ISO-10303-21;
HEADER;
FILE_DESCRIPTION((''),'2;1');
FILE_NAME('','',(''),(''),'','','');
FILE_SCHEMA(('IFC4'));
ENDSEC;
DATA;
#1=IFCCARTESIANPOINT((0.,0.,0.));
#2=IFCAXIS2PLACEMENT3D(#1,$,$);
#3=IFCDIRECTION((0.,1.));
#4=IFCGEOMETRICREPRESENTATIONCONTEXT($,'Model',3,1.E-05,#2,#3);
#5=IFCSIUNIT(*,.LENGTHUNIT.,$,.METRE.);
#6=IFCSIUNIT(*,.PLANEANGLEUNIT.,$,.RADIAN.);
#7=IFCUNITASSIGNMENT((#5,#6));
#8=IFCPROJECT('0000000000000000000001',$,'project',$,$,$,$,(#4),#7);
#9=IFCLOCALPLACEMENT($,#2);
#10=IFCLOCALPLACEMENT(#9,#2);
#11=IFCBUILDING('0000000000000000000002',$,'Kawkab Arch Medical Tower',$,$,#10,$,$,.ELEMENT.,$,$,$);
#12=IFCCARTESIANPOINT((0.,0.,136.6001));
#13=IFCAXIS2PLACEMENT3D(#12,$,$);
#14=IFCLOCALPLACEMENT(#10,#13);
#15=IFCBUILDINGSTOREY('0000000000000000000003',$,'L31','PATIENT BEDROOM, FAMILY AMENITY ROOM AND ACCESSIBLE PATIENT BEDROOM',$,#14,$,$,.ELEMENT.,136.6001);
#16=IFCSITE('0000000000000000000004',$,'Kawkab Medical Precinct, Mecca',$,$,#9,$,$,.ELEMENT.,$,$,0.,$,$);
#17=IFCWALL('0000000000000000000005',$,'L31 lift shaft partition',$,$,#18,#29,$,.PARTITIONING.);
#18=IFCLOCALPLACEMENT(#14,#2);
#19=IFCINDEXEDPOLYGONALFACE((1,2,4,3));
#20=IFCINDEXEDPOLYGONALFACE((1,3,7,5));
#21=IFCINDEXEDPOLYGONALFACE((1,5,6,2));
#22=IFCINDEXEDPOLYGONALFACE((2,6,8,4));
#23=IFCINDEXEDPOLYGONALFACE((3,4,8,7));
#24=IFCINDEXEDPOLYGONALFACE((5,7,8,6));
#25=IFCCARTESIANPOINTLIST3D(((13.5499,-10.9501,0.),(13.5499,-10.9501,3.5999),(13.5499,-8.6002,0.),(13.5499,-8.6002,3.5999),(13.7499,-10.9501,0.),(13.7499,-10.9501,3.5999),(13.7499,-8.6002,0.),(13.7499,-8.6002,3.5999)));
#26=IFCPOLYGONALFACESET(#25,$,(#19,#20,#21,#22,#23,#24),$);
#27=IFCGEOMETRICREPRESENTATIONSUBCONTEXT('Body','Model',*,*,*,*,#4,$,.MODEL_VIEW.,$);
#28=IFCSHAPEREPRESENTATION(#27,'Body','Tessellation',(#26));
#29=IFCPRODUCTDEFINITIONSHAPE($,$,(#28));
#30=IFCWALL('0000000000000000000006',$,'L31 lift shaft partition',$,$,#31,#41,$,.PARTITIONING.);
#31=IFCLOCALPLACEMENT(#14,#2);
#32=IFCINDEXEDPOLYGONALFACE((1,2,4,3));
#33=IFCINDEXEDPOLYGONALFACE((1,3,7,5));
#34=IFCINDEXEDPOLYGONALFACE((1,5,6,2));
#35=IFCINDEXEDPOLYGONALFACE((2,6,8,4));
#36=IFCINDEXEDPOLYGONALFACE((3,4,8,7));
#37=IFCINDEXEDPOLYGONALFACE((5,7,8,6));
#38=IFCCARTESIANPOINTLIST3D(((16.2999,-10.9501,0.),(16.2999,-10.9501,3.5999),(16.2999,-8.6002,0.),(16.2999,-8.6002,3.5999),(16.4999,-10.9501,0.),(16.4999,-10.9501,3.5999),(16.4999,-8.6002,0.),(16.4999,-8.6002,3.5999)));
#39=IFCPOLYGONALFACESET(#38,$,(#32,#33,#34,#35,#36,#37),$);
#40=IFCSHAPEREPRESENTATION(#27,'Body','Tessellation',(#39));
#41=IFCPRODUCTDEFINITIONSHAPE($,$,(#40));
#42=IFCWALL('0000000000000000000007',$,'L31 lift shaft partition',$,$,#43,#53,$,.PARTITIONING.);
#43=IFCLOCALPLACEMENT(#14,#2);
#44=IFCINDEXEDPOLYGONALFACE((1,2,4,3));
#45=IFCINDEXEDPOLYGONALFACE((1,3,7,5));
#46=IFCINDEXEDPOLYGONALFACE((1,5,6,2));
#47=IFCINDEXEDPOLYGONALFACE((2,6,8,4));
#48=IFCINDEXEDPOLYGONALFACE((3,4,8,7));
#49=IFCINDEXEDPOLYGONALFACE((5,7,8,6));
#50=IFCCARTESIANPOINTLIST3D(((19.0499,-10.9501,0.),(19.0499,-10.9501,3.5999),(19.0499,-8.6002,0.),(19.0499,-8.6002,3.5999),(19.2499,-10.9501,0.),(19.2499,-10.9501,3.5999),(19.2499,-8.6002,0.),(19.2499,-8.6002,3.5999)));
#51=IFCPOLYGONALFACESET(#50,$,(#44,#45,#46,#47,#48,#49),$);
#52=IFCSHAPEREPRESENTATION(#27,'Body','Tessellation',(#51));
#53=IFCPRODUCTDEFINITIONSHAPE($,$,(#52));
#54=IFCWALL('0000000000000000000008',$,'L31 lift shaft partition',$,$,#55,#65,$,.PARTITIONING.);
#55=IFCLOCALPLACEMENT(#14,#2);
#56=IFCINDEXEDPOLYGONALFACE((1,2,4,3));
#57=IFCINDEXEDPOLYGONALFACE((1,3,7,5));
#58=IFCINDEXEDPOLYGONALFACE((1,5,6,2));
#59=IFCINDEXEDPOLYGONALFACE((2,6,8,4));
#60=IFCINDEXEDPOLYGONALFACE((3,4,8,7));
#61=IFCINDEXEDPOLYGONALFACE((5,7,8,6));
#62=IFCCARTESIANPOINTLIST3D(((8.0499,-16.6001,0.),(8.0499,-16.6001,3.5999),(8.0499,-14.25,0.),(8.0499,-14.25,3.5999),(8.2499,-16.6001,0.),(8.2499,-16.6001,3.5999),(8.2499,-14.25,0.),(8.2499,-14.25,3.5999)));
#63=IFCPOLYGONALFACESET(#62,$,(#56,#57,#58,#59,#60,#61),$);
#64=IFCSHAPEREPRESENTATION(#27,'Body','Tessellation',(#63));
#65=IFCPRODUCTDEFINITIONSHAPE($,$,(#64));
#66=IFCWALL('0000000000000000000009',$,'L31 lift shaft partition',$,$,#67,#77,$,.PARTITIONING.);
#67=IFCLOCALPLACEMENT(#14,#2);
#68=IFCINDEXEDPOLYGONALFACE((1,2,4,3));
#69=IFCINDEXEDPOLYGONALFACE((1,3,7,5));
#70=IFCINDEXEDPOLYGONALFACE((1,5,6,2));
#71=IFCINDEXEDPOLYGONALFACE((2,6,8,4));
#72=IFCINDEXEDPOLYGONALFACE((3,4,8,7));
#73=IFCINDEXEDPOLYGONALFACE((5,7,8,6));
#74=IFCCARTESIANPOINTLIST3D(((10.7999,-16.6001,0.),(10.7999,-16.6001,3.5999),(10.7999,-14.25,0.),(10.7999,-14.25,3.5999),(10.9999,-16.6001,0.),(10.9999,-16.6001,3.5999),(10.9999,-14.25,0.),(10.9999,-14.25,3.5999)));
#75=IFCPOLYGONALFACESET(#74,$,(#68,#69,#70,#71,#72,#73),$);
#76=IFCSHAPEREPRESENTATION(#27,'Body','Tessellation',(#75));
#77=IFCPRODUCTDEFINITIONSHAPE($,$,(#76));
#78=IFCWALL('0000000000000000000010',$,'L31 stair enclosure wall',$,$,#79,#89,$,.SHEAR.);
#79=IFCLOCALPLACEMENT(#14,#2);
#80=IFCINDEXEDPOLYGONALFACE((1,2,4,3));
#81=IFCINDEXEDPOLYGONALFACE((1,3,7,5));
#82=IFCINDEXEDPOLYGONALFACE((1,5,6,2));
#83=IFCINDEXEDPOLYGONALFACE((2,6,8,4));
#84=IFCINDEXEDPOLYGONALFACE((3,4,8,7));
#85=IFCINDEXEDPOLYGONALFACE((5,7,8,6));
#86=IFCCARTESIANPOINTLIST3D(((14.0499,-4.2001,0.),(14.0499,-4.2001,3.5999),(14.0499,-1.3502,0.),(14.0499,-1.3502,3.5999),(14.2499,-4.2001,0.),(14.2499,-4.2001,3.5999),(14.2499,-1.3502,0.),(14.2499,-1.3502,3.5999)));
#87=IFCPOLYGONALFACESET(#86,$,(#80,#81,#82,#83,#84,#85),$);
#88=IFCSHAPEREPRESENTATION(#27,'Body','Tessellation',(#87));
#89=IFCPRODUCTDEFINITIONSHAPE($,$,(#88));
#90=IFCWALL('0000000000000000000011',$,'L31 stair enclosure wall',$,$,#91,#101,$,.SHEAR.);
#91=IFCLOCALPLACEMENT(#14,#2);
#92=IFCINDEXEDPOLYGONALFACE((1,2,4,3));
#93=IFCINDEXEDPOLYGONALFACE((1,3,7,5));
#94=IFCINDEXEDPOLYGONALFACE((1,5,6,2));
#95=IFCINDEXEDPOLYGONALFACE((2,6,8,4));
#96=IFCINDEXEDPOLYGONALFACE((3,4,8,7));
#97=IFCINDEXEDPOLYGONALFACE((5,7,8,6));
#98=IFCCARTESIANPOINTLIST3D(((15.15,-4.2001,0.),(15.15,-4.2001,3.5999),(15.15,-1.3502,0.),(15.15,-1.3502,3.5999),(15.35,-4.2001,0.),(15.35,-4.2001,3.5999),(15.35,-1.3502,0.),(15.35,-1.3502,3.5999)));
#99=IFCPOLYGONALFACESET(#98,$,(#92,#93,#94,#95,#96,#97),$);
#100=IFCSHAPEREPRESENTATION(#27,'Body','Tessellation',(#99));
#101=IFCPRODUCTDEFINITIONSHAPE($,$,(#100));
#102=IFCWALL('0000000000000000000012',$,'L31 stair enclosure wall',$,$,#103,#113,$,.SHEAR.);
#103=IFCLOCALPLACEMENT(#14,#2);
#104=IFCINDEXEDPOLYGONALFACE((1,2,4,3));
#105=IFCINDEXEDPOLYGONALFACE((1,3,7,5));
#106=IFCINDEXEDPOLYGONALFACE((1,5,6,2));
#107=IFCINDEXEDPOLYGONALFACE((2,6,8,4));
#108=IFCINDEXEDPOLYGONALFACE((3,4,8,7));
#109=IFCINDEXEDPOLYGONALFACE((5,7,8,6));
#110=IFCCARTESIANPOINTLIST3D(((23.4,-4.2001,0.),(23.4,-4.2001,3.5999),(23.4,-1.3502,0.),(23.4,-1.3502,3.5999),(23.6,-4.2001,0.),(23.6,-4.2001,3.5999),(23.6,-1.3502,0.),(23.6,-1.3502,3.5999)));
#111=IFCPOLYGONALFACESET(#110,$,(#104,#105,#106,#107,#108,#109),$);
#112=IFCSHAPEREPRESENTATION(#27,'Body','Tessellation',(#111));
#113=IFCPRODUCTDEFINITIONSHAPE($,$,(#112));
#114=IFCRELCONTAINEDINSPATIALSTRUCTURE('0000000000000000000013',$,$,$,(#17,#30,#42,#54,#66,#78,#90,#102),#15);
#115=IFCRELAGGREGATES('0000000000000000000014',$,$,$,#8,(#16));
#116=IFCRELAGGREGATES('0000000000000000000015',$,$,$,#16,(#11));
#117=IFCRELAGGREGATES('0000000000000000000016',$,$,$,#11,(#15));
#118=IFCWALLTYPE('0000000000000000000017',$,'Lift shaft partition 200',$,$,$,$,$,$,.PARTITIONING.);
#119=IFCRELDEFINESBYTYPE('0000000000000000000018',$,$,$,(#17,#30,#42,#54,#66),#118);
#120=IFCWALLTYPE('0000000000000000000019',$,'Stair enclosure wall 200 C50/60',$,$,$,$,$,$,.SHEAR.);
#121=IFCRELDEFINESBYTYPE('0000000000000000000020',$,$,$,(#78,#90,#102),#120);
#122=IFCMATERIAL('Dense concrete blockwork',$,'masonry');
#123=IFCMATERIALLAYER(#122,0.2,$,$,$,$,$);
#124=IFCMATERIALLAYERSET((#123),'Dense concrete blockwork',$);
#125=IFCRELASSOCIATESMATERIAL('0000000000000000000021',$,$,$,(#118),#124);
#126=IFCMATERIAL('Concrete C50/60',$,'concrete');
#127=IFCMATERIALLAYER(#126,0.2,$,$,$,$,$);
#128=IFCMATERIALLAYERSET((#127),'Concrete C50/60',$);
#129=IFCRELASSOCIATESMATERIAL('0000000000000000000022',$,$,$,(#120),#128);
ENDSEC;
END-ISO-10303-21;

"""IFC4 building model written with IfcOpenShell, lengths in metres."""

from ifc_helpers import new_model, si_unit, direction, frame, frame_2d, origin, place, context, subcontext, project, spatial, rectangle, extrude, material, layer, layer_set, type_object, element, save


model = new_model("IFC4")

# Units and contexts
model_context = context("Model", 3, precision=1e-05, world=origin(), true_north=direction((0.0, 1.0)))
body_context = subcontext(model_context, "Body", "Model", "MODEL_VIEW")
ifc_project = project(units=[si_unit("LENGTHUNIT", "METRE"), si_unit("PLANEANGLEUNIT", "RADIAN")], contexts=[model_context])

# Site, building, storey
site_placement = place(None, origin())
site = spatial("IfcSite", under=ifc_project, at=site_placement, Name="Kawkab Medical Precinct, Mecca", CompositionType="ELEMENT", RefElevation=0.0)
building_placement = place(site_placement, origin())
building = spatial("IfcBuilding", under=site, at=building_placement, Name="Kawkab Arch Medical Tower", CompositionType="ELEMENT")
storey_placement = place(building_placement, frame((0.0, 0.0, 136.6001)))
storey = spatial("IfcBuildingStorey", under=building, at=storey_placement, Name="L31", Description="PATIENT BEDROOM, FAMILY AMENITY ROOM AND ACCESSIBLE PATIENT BEDROOM", CompositionType="ELEMENT", Elevation=136.6001)

# Walls
ifc_material_1 = material(Name="Dense concrete blockwork", Category="masonry")
ifc_layer_1 = layer(ifc_material_1, 0.2)
ifc_layer_set_1 = layer_set([ifc_layer_1], Name="Dense concrete blockwork")
wall_type_1 = type_object("IfcWallType", Name="Lift shaft partition 200", PredefinedType="PARTITIONING", material=ifc_layer_set_1)
for number, where, z_axis, x_axis, name in (
    (1, (13.6499, -10.95, 0.0), (0.0, 0.0, 1.0), (0.0, 1.0, 0.0), "L31 lift shaft partition"),
    (2, (16.3999, -10.95, 0.0), (0.0, 0.0, 1.0), (0.0, 1.0, 0.0), "L31 lift shaft partition"),
    (3, (19.1499, -10.95, 0.0), (0.0, 0.0, 1.0), (0.0, 1.0, 0.0), "L31 lift shaft partition"),
):
    element("IfcWall", number, at=place(storey_placement, frame(where, z_axis=z_axis, x_axis=x_axis)), inside=storey, type_object=wall_type_1, Name=name, PredefinedType="PARTITIONING", context=body_context, shape_type="SweptSolid", body=[
        extrude(rectangle(XDim=2.3499, YDim=0.2, at=frame_2d((1.1748, 0.0))), origin(), (0.0, 0.0, 1.0), 3.5999),
    ])
for number, where, z_axis, x_axis, name in (
    (4, (8.1499, -16.6001, 0.0), (0.0, 0.0, 1.0), (0.0, 1.0, 0.0), "L31 lift shaft partition"),
    (5, (10.8999, -16.6001, 0.0), (0.0, 0.0, 1.0), (0.0, 1.0, 0.0), "L31 lift shaft partition"),
):
    element("IfcWall", number, at=place(storey_placement, frame(where, z_axis=z_axis, x_axis=x_axis)), inside=storey, type_object=wall_type_1, Name=name, PredefinedType="PARTITIONING", context=body_context, shape_type="SweptSolid", body=[
        extrude(rectangle(XDim=2.3501, YDim=0.2, at=frame_2d((1.175, 0.0))), origin(), (0.0, 0.0, 1.0), 3.5999),
    ])
ifc_material_2 = material(Name="Concrete C50/60", Category="concrete")
ifc_layer_2 = layer(ifc_material_2, 0.2)
ifc_layer_set_2 = layer_set([ifc_layer_2], Name="Concrete C50/60")
wall_type_2 = type_object("IfcWallType", Name="Stair enclosure wall 200 C50/60", PredefinedType="SHEAR", material=ifc_layer_set_2)
for number, where, z_axis, x_axis, name in (
    (6, (14.1499, -4.2, 0.0), (0.0, 0.0, 1.0), (0.0, 1.0, 0.0), "L31 stair enclosure wall"),
    (7, (15.25, -4.2, 0.0), (0.0, 0.0, 1.0), (0.0, 1.0, 0.0), "L31 stair enclosure wall"),
    (8, (23.5, -4.2, 0.0), (0.0, 0.0, 1.0), (0.0, 1.0, 0.0), "L31 stair enclosure wall"),
):
    element("IfcWall", number, at=place(storey_placement, frame(where, z_axis=z_axis, x_axis=x_axis)), inside=storey, type_object=wall_type_2, Name=name, PredefinedType="SHEAR", context=body_context, shape_type="SweptSolid", body=[
        extrude(rectangle(XDim=2.8499, YDim=0.2, at=frame_2d((1.4248, 0.0))), origin(), (0.0, 0.0, 1.0), 3.5999),
    ])

save(model, "model.ifc")
